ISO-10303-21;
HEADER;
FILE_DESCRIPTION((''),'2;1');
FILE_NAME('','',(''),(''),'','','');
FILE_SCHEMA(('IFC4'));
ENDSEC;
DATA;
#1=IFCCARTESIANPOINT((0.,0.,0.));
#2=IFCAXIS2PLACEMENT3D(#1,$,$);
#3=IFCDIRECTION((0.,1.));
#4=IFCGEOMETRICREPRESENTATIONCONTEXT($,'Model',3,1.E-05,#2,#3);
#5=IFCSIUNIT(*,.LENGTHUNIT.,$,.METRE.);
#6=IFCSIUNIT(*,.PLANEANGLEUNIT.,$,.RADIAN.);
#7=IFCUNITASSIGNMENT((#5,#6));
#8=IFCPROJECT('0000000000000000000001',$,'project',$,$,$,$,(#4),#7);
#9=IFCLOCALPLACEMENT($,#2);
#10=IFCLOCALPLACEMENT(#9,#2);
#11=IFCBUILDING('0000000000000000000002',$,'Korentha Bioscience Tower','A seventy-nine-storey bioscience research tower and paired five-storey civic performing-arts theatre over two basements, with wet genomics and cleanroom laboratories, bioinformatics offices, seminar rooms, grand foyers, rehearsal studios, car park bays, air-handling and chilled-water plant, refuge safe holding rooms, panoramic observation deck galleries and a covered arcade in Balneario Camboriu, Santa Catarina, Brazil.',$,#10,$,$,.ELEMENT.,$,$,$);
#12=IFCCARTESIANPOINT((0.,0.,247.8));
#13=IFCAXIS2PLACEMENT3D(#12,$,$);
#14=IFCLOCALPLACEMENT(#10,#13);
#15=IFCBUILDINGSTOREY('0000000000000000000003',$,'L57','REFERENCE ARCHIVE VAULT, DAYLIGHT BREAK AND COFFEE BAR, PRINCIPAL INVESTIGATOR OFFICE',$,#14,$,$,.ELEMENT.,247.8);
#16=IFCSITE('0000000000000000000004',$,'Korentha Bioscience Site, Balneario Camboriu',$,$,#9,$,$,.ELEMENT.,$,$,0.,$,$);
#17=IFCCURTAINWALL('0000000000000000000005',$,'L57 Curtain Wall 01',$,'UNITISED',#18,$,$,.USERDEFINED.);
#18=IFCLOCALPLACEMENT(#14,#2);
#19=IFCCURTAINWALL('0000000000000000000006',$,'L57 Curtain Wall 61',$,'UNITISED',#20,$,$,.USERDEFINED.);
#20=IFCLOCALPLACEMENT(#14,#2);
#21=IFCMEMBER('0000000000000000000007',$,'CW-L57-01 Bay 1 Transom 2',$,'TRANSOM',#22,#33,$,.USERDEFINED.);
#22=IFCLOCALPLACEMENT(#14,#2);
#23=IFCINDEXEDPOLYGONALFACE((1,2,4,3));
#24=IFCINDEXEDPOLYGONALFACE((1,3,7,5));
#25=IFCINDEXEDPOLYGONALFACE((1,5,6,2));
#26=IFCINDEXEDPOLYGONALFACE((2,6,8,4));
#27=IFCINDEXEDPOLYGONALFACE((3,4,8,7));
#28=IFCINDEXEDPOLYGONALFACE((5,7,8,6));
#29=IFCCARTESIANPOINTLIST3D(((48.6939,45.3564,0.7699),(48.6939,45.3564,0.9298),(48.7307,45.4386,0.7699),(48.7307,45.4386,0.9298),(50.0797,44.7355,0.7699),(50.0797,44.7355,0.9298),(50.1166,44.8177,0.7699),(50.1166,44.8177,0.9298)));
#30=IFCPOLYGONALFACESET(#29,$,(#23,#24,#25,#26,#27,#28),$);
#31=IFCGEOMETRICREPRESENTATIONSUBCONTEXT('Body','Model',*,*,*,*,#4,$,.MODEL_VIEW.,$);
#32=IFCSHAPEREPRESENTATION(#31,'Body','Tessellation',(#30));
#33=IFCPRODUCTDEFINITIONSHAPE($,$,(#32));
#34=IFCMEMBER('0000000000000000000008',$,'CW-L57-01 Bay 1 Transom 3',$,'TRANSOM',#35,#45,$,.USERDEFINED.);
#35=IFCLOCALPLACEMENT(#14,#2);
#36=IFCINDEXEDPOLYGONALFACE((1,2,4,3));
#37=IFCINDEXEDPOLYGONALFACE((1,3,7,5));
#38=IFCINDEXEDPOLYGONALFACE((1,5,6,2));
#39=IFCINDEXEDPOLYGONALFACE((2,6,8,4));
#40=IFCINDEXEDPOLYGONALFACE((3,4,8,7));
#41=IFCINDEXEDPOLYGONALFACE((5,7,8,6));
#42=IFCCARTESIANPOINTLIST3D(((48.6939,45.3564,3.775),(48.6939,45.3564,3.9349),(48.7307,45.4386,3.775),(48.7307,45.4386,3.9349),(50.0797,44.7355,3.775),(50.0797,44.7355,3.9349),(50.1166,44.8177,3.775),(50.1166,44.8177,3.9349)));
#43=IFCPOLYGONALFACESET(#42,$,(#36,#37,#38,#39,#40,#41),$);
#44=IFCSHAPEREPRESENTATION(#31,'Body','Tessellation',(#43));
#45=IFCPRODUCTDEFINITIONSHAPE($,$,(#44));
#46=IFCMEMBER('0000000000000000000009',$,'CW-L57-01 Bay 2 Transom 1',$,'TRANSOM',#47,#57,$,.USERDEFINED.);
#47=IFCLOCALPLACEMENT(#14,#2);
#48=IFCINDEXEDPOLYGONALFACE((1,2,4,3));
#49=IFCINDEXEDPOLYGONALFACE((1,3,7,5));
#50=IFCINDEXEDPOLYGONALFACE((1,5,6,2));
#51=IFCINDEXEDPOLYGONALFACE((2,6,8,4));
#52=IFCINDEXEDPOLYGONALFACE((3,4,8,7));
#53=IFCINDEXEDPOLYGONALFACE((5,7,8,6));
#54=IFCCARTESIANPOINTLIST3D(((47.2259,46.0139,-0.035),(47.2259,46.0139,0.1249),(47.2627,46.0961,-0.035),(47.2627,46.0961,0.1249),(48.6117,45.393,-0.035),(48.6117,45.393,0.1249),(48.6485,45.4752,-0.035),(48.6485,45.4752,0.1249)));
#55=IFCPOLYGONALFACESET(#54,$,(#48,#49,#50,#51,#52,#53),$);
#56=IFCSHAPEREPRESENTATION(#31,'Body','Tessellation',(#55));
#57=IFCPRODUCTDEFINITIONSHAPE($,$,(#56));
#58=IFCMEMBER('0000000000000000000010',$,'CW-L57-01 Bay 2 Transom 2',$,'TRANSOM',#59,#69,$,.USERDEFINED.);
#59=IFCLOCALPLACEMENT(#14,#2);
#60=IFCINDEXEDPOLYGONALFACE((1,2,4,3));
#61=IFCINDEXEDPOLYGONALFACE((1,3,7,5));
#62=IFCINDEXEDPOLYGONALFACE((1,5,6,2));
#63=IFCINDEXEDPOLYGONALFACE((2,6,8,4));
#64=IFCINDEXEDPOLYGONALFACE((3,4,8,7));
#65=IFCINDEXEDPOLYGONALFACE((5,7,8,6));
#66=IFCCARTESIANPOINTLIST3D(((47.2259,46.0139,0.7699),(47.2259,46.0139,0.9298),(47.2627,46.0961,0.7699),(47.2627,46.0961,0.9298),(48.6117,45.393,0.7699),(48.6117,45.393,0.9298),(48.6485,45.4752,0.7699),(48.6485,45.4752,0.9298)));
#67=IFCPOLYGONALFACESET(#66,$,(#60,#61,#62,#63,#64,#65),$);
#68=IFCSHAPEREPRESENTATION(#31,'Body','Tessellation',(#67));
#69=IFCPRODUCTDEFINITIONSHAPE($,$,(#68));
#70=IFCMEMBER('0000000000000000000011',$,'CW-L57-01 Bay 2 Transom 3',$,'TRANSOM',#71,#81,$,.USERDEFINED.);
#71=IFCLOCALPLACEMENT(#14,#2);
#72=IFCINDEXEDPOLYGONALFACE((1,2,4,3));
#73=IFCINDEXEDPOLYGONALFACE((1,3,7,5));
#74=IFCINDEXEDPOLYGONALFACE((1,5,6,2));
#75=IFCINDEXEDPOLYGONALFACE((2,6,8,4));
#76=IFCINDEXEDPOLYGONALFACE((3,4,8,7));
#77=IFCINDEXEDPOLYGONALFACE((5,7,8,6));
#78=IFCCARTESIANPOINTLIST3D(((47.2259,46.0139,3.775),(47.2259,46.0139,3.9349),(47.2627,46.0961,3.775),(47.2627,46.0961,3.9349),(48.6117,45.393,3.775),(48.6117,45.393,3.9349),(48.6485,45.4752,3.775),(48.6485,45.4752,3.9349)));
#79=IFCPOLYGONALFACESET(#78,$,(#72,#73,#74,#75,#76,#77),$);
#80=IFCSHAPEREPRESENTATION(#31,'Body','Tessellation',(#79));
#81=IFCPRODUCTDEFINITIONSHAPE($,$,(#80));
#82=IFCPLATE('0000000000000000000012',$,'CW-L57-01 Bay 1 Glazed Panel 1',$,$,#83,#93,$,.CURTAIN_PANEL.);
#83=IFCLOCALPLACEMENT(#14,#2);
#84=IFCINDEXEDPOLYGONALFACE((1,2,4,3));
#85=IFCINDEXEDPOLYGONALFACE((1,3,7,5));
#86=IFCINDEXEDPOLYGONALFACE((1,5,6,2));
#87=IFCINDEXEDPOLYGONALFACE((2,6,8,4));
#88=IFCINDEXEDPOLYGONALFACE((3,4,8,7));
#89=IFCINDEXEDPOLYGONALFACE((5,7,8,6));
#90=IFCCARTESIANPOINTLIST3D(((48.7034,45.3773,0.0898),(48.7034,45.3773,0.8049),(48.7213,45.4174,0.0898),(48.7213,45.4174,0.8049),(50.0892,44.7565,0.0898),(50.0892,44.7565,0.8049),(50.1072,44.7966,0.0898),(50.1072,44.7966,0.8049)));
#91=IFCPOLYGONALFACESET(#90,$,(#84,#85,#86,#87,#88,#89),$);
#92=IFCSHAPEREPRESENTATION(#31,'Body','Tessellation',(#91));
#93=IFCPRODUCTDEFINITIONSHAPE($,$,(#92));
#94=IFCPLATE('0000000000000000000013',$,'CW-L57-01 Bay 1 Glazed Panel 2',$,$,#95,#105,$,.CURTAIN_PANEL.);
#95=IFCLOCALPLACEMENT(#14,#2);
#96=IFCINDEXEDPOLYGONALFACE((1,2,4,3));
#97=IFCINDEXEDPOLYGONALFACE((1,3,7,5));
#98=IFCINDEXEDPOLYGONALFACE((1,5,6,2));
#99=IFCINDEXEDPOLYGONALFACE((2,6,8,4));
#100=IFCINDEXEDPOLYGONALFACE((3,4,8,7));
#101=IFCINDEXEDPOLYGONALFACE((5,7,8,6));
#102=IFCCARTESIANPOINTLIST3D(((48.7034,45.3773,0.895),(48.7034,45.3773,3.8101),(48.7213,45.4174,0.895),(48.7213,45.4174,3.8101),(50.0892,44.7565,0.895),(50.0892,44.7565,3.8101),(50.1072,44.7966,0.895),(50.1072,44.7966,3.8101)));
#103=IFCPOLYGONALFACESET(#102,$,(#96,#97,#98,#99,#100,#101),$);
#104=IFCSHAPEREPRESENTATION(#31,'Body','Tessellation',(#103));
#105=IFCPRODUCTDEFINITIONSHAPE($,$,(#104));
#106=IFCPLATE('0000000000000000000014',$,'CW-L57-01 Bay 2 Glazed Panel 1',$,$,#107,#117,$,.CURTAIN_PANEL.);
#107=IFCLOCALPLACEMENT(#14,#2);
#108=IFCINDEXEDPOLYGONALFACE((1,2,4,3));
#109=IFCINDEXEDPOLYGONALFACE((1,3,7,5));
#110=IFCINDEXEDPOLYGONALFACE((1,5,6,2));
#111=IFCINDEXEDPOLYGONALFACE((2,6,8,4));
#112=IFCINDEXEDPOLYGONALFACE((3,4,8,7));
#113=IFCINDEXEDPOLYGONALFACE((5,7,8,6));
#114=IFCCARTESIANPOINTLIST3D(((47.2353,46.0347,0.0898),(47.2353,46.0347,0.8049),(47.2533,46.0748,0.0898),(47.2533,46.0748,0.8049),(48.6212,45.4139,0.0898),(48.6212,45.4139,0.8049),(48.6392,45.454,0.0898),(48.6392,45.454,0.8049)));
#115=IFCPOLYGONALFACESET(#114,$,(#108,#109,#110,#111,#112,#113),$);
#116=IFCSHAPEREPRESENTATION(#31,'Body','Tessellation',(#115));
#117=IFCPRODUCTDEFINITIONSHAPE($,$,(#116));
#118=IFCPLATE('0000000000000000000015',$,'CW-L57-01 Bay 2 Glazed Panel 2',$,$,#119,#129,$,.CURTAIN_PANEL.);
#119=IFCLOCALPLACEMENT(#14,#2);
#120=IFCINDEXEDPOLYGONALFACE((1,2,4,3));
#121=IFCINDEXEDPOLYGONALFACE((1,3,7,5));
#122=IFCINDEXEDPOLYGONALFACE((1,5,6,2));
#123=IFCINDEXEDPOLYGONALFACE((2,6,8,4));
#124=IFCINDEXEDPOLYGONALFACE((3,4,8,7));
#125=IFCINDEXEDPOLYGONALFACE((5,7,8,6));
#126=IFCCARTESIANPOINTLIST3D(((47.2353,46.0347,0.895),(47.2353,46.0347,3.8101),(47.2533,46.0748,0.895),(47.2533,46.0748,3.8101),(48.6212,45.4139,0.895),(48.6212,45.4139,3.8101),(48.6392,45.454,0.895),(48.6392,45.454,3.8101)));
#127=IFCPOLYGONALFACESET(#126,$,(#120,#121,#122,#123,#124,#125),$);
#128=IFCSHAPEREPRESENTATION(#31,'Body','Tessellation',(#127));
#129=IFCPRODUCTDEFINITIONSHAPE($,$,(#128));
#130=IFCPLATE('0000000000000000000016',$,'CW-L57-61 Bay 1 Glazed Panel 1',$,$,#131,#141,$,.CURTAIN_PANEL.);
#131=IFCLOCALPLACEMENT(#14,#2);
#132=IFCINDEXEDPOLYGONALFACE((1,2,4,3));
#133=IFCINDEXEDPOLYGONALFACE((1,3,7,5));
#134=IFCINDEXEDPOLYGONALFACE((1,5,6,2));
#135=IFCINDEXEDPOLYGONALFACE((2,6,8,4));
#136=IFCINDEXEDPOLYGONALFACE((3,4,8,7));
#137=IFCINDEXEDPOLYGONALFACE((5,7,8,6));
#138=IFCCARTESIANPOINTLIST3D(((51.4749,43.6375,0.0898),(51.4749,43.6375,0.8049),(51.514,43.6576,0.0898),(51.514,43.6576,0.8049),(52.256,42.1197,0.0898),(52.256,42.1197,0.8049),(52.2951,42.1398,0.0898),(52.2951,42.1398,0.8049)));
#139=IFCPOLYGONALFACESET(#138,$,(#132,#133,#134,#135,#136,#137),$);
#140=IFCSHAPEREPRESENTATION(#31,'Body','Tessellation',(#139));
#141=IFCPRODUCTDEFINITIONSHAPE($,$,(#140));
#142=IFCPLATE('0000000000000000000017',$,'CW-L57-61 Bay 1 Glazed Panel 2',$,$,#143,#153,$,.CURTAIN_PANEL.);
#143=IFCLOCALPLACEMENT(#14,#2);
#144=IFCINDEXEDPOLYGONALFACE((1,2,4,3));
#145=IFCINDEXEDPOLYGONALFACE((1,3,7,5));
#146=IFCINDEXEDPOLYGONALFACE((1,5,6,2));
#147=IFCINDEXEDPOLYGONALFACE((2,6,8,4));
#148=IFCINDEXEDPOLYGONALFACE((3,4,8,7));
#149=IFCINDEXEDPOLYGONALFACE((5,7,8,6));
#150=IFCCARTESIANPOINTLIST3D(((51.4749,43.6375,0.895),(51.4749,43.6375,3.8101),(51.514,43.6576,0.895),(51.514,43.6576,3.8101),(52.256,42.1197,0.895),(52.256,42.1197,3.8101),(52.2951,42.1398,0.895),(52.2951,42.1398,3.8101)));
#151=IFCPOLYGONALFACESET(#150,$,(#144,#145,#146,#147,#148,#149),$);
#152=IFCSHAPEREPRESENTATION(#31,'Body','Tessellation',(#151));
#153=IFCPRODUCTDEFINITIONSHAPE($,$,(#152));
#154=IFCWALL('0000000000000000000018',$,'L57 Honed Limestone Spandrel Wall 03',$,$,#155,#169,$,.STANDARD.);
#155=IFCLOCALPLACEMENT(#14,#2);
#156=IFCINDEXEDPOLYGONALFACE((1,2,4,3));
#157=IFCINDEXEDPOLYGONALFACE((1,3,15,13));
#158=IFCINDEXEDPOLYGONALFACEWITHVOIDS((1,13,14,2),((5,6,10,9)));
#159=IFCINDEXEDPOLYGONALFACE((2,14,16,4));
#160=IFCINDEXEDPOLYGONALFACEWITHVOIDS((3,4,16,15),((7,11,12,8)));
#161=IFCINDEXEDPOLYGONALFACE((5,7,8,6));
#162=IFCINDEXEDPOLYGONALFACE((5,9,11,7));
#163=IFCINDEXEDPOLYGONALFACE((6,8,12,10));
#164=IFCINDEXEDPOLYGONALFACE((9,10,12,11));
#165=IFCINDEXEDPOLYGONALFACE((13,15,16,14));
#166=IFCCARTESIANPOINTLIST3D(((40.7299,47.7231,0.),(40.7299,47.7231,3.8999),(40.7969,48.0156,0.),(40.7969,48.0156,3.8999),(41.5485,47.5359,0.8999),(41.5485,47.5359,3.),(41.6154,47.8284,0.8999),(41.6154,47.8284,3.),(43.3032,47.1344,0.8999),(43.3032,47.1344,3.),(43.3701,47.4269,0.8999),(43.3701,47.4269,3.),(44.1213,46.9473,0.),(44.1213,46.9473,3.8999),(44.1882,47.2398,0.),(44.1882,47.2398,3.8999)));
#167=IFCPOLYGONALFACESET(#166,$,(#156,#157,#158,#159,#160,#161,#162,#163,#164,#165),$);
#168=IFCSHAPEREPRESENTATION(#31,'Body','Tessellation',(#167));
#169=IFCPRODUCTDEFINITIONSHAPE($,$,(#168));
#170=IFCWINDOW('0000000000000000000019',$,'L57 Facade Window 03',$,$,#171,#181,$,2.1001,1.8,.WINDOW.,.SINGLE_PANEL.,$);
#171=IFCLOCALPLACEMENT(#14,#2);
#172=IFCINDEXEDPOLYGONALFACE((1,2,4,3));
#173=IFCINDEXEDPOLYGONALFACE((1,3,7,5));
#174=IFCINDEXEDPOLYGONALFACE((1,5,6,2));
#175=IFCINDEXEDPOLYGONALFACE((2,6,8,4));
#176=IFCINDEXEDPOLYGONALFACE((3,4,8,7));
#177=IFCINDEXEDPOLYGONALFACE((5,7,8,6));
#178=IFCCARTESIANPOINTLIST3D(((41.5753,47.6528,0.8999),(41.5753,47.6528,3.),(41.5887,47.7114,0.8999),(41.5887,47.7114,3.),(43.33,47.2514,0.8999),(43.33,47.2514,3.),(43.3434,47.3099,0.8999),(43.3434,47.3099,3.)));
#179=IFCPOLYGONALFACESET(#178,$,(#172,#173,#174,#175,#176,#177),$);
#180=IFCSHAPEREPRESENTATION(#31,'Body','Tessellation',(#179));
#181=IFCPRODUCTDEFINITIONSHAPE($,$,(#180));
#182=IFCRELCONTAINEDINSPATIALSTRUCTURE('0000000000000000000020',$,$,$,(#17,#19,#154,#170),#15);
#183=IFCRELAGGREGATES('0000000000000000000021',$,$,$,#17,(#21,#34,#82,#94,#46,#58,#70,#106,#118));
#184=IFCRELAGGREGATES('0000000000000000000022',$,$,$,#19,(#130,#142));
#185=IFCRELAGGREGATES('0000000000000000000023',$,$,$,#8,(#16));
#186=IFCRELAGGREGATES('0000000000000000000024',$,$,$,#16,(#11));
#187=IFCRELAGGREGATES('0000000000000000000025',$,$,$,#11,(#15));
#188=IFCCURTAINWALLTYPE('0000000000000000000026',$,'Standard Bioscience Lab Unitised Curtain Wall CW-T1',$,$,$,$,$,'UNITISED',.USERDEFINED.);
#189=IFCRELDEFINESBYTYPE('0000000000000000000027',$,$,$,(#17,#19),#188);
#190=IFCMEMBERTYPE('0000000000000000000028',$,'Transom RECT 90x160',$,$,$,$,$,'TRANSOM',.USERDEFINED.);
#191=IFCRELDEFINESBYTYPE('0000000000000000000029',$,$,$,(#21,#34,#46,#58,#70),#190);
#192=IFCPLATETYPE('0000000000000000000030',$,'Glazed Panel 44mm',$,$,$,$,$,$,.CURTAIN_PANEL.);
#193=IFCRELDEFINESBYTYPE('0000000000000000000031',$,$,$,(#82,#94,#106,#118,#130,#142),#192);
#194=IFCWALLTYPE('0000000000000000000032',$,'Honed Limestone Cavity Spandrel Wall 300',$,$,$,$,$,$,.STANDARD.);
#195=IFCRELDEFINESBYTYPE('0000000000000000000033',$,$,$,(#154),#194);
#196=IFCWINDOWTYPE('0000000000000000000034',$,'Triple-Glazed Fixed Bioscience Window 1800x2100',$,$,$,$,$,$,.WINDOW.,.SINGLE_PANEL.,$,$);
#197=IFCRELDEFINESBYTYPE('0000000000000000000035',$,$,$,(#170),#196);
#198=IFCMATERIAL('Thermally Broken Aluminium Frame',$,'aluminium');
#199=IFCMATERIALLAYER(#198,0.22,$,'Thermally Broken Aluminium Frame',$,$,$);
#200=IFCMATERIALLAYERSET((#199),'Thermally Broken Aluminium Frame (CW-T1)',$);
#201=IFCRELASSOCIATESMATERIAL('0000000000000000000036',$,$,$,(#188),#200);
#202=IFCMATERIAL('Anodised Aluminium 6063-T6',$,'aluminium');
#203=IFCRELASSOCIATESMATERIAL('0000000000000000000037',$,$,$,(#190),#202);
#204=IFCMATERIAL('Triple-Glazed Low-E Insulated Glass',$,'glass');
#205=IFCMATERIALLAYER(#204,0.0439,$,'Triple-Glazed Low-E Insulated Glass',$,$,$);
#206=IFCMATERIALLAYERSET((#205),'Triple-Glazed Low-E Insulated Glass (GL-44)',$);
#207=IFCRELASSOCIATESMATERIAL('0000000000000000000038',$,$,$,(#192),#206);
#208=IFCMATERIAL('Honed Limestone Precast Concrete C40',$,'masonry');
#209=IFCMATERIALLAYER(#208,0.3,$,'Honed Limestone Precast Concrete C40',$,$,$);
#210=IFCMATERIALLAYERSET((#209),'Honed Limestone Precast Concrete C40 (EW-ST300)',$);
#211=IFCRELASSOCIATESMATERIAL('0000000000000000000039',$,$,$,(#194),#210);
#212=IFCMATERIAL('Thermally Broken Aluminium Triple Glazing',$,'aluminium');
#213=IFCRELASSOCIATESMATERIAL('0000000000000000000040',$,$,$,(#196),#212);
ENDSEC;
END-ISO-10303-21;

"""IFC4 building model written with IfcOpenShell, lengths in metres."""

from ifc_helpers import new_model, si_unit, direction, frame, frame_2d, origin, origin_2d, place, context, subcontext, project, spatial, rectangle, extrude, material, layer, layer_set, material_profile, profile_set, type_object, element, fill, aggregate, save


model = new_model("IFC4")

# Units and contexts
model_context = context("Model", 3, precision=1e-05, world=origin(), true_north=direction((0.0, 1.0)))
body_context = subcontext(model_context, "Body", "Model", "MODEL_VIEW")
ifc_project = project(units=[si_unit("LENGTHUNIT", "METRE"), si_unit("PLANEANGLEUNIT", "RADIAN")], contexts=[model_context])

# Site, building, storey
site_placement = place(None, origin())
site = spatial("IfcSite", under=ifc_project, at=site_placement, Name="Korentha Bioscience Site, Balneario Camboriu", CompositionType="ELEMENT", RefElevation=0.0)
building_placement = place(site_placement, origin())
building = spatial("IfcBuilding", under=site, at=building_placement, Name="Korentha Bioscience Tower", Description="A seventy-nine-storey bioscience research tower and paired five-storey civic performing-arts theatre over two basements, with wet genomics and cleanroom laboratories, bioinformatics offices, seminar rooms, grand foyers, rehearsal studios, car park bays, air-handling and chilled-water plant, refuge safe holding rooms, panoramic observation deck galleries and a covered arcade in Balneario Camboriu, Santa Catarina, Brazil.", CompositionType="ELEMENT")
storey_placement = place(building_placement, frame((0.0, 0.0, 247.8)))
storey = spatial("IfcBuildingStorey", under=building, at=storey_placement, Name="L57", Description="REFERENCE ARCHIVE VAULT, DAYLIGHT BREAK AND COFFEE BAR, PRINCIPAL INVESTIGATOR OFFICE", CompositionType="ELEMENT", Elevation=247.8)

# Curtain wall
ifc_material_1 = material(Name="Thermally Broken Aluminium Frame", Category="aluminium")
ifc_layer_1 = layer(ifc_material_1, 0.22, Name="Thermally Broken Aluminium Frame")
ifc_layer_set_1 = layer_set([ifc_layer_1], Name="Thermally Broken Aluminium Frame (CW-T1)")
curtain_wall_type = type_object("IfcCurtainWallType", Name="Standard Bioscience Lab Unitised Curtain Wall CW-T1", ElementType="UNITISED", PredefinedType="USERDEFINED", material=ifc_layer_set_1)
curtain_wall_1_placement = place(storey_placement, origin())
curtain_wall_1 = element("IfcCurtainWall", 1, at=curtain_wall_1_placement, inside=storey, type_object=curtain_wall_type, Name="L57 Curtain Wall 01", ObjectType="UNITISED", PredefinedType="USERDEFINED")
ifc_material_2 = material(Name="Anodised Aluminium 6063-T6", Category="aluminium")

# Curtain wall
curtain_wall_2_placement = place(storey_placement, origin())
curtain_wall_2 = element("IfcCurtainWall", 2, at=curtain_wall_2_placement, inside=storey, type_object=curtain_wall_type, Name="L57 Curtain Wall 61", ObjectType="UNITISED", PredefinedType="USERDEFINED")

# Members
ifc_material_profile_1 = material_profile(ifc_material_2, rectangle(XDim=0.0901, YDim=0.1599, at=origin_2d()), Name="Anodised Aluminium 6063-T6")
ifc_profile_set_1 = profile_set([ifc_material_profile_1], Name="Anodised Aluminium 6063-T6 (CW-TRN)")
member_type_1 = type_object("IfcMemberType", Name="Transom RECT 90x160", ElementType="TRANSOM", PredefinedType="USERDEFINED", material=ifc_profile_set_1)
member_1_placement = place(storey_placement, frame((50.0981, 44.7766, 0.8499), z_axis=(-0.912594, 0.408867, 0.0), x_axis=(-0.408867, -0.912594, 0.0)))
member_1 = element("IfcMember", 3, at=member_1_placement, type_object=member_type_1, Name="CW-L57-01 Bay 1 Transom 2", ObjectType="TRANSOM", PredefinedType="USERDEFINED", context=body_context, shape_type="SweptSolid", body=[
    extrude(rectangle(XDim=0.0901, YDim=0.1599, at=origin_2d()), origin(), (0.0, 0.0, 1.0), 1.5186),
])
member_2_placement = place(storey_placement, frame((50.0981, 44.7766, 3.855), z_axis=(-0.912594, 0.408867, 0.0), x_axis=(-0.408867, -0.912594, 0.0)))
member_2 = element("IfcMember", 4, at=member_2_placement, type_object=member_type_1, Name="CW-L57-01 Bay 1 Transom 3", ObjectType="TRANSOM", PredefinedType="USERDEFINED", context=body_context, shape_type="SweptSolid", body=[
    extrude(rectangle(XDim=0.0901, YDim=0.1599, at=origin_2d()), origin(), (0.0, 0.0, 1.0), 1.5186),
])
member_3_placement = place(storey_placement, frame((48.6301, 45.4341, 0.0449), z_axis=(-0.912594, 0.408867, 0.0), x_axis=(-0.408867, -0.912594, 0.0)))
member_3 = element("IfcMember", 5, at=member_3_placement, type_object=member_type_1, Name="CW-L57-01 Bay 2 Transom 1", ObjectType="TRANSOM", PredefinedType="USERDEFINED", context=body_context, shape_type="SweptSolid", body=[
    extrude(rectangle(XDim=0.0901, YDim=0.1599, at=origin_2d()), origin(), (0.0, 0.0, 1.0), 1.5186),
])
member_4_placement = place(storey_placement, frame((48.6301, 45.4341, 0.8499), z_axis=(-0.912594, 0.408867, 0.0), x_axis=(-0.408867, -0.912594, 0.0)))
member_4 = element("IfcMember", 6, at=member_4_placement, type_object=member_type_1, Name="CW-L57-01 Bay 2 Transom 2", ObjectType="TRANSOM", PredefinedType="USERDEFINED", context=body_context, shape_type="SweptSolid", body=[
    extrude(rectangle(XDim=0.0901, YDim=0.1599, at=origin_2d()), origin(), (0.0, 0.0, 1.0), 1.5186),
])
member_5_placement = place(storey_placement, frame((48.6301, 45.4341, 3.855), z_axis=(-0.912594, 0.408867, 0.0), x_axis=(-0.408867, -0.912594, 0.0)))
member_5 = element("IfcMember", 7, at=member_5_placement, type_object=member_type_1, Name="CW-L57-01 Bay 2 Transom 3", ObjectType="TRANSOM", PredefinedType="USERDEFINED", context=body_context, shape_type="SweptSolid", body=[
    extrude(rectangle(XDim=0.0901, YDim=0.1599, at=origin_2d()), origin(), (0.0, 0.0, 1.0), 1.5186),
])

# Plates
ifc_material_3 = material(Name="Triple-Glazed Low-E Insulated Glass", Category="glass")
ifc_layer_2 = layer(ifc_material_3, 0.0439, Name="Triple-Glazed Low-E Insulated Glass")
ifc_layer_set_2 = layer_set([ifc_layer_2], Name="Triple-Glazed Low-E Insulated Glass (GL-44)")
plate_type = type_object("IfcPlateType", Name="Glazed Panel 44mm", PredefinedType="CURTAIN_PANEL", material=ifc_layer_set_2)
plate_1_placement = place(storey_placement, frame((49.4053, 45.0869, 0.0898), z_axis=(0.0, 0.0, 1.0), x_axis=(-0.912622, 0.408805, 0.0)))
plate_1 = element("IfcPlate", 8, at=plate_1_placement, type_object=plate_type, Name="CW-L57-01 Bay 1 Glazed Panel 1", PredefinedType="CURTAIN_PANEL", context=body_context, shape_type="SweptSolid", body=[
    extrude(rectangle(XDim=1.5186, YDim=0.0439, at=origin_2d()), origin(), (0.0, 0.0, 1.0), 0.7151),
])
plate_2_placement = place(storey_placement, frame((49.4053, 45.0869, 0.895), z_axis=(0.0, 0.0, 1.0), x_axis=(-0.912622, 0.408805, 0.0)))
plate_2 = element("IfcPlate", 9, at=plate_2_placement, type_object=plate_type, Name="CW-L57-01 Bay 1 Glazed Panel 2", PredefinedType="CURTAIN_PANEL", context=body_context, shape_type="SweptSolid", body=[
    extrude(rectangle(XDim=1.5186, YDim=0.0439, at=origin_2d()), origin(), (0.0, 0.0, 1.0), 2.915),
])
plate_3_placement = place(storey_placement, frame((47.9373, 45.7444, 0.0898), z_axis=(0.0, 0.0, 1.0), x_axis=(-0.912622, 0.408805, 0.0)))
plate_3 = element("IfcPlate", 10, at=plate_3_placement, type_object=plate_type, Name="CW-L57-01 Bay 2 Glazed Panel 1", PredefinedType="CURTAIN_PANEL", context=body_context, shape_type="SweptSolid", body=[
    extrude(rectangle(XDim=1.5186, YDim=0.0439, at=origin_2d()), origin(), (0.0, 0.0, 1.0), 0.7151),
])
plate_4_placement = place(storey_placement, frame((47.9373, 45.7444, 0.895), z_axis=(0.0, 0.0, 1.0), x_axis=(-0.912622, 0.408805, 0.0)))
plate_4 = element("IfcPlate", 11, at=plate_4_placement, type_object=plate_type, Name="CW-L57-01 Bay 2 Glazed Panel 2", PredefinedType="CURTAIN_PANEL", context=body_context, shape_type="SweptSolid", body=[
    extrude(rectangle(XDim=1.5186, YDim=0.0439, at=origin_2d()), origin(), (0.0, 0.0, 1.0), 2.915),
])
aggregate(curtain_wall_1, [member_1, member_2, plate_1, plate_2, member_3, member_4, member_5, plate_3, plate_4])
plate_5_placement = place(storey_placement, frame((51.885, 42.8887, 0.0898), z_axis=(0.0, 0.0, 1.0), x_axis=(-0.45757, 0.889174, 0.0)))
plate_5 = element("IfcPlate", 12, at=plate_5_placement, type_object=plate_type, Name="CW-L57-61 Bay 1 Glazed Panel 1", PredefinedType="CURTAIN_PANEL", context=body_context, shape_type="SweptSolid", body=[
    extrude(rectangle(XDim=1.707, YDim=0.0439, at=origin_2d()), origin(), (0.0, 0.0, 1.0), 0.7151),
])
plate_6_placement = place(storey_placement, frame((51.885, 42.8887, 0.895), z_axis=(0.0, 0.0, 1.0), x_axis=(-0.45757, 0.889174, 0.0)))
plate_6 = element("IfcPlate", 13, at=plate_6_placement, type_object=plate_type, Name="CW-L57-61 Bay 1 Glazed Panel 2", PredefinedType="CURTAIN_PANEL", context=body_context, shape_type="SweptSolid", body=[
    extrude(rectangle(XDim=1.707, YDim=0.0439, at=origin_2d()), origin(), (0.0, 0.0, 1.0), 2.915),
])
aggregate(curtain_wall_2, [plate_5, plate_6])

# Wall, opening, window
ifc_material_4 = material(Name="Honed Limestone Precast Concrete C40", Category="masonry")
ifc_layer_3 = layer(ifc_material_4, 0.3, Name="Honed Limestone Precast Concrete C40")
ifc_layer_set_3 = layer_set([ifc_layer_3], Name="Honed Limestone Precast Concrete C40 (EW-ST300)")
wall_type = type_object("IfcWallType", Name="Honed Limestone Cavity Spandrel Wall 300", PredefinedType="STANDARD", material=ifc_layer_set_3)
wall_1_placement = place(storey_placement, frame((44.1548, 47.0935, 0.0), z_axis=(0.0, 0.0, 1.0), x_axis=(-0.974814, 0.223019, 0.0)))
wall_1 = element("IfcWall", 14, at=wall_1_placement, inside=storey, type_object=wall_type, Name="L57 Honed Limestone Spandrel Wall 03", PredefinedType="STANDARD", context=body_context, shape_type="SweptSolid", body=[
    extrude(rectangle(XDim=3.479, YDim=0.3, at=frame_2d((1.7395, 0.0))), origin(), (0.0, 0.0, 1.0), 3.8999),
])
opening_1_placement = place(wall_1_placement, frame((0.8394, 0.0, 0.8999)))
opening_1 = element("IfcOpeningElement", 15, at=opening_1_placement, cuts=wall_1, PredefinedType="OPENING", context=body_context, shape_type="SweptSolid", body=[
    extrude(rectangle(XDim=1.8, YDim=2.1001, at=frame_2d((0.8999, 1.05))), frame((0.0, 0.165, 0.0), z_axis=(0.0, -1.0, 0.0), x_axis=(1.0, 0.0, 0.0)), (0.0, 0.0, 1.0), 0.3298),
])
ifc_material_5 = material(Name="Thermally Broken Aluminium Triple Glazing", Category="aluminium")
window_type = type_object("IfcWindowType", Name="Triple-Glazed Fixed Bioscience Window 1800x2100", PartitioningType="SINGLE_PANEL", PredefinedType="WINDOW", material=ifc_material_5)
window_placement = place(opening_1_placement, origin())
window = element("IfcWindow", 16, at=window_placement, inside=storey, type_object=window_type, Name="L57 Facade Window 03", OverallHeight=2.1001, OverallWidth=1.8, PartitioningType="SINGLE_PANEL", PredefinedType="WINDOW", context=body_context, shape_type="SweptSolid", body=[
    extrude(rectangle(XDim=1.8, YDim=2.1001, at=frame_2d((0.8999, 1.05))), frame((0.0, 0.03, 0.0), z_axis=(0.0, -1.0, 0.0), x_axis=(1.0, 0.0, 0.0)), (0.0, 0.0, 1.0), 0.0601),
])
fill(opening_1, window)

save(model, "model.ifc")
